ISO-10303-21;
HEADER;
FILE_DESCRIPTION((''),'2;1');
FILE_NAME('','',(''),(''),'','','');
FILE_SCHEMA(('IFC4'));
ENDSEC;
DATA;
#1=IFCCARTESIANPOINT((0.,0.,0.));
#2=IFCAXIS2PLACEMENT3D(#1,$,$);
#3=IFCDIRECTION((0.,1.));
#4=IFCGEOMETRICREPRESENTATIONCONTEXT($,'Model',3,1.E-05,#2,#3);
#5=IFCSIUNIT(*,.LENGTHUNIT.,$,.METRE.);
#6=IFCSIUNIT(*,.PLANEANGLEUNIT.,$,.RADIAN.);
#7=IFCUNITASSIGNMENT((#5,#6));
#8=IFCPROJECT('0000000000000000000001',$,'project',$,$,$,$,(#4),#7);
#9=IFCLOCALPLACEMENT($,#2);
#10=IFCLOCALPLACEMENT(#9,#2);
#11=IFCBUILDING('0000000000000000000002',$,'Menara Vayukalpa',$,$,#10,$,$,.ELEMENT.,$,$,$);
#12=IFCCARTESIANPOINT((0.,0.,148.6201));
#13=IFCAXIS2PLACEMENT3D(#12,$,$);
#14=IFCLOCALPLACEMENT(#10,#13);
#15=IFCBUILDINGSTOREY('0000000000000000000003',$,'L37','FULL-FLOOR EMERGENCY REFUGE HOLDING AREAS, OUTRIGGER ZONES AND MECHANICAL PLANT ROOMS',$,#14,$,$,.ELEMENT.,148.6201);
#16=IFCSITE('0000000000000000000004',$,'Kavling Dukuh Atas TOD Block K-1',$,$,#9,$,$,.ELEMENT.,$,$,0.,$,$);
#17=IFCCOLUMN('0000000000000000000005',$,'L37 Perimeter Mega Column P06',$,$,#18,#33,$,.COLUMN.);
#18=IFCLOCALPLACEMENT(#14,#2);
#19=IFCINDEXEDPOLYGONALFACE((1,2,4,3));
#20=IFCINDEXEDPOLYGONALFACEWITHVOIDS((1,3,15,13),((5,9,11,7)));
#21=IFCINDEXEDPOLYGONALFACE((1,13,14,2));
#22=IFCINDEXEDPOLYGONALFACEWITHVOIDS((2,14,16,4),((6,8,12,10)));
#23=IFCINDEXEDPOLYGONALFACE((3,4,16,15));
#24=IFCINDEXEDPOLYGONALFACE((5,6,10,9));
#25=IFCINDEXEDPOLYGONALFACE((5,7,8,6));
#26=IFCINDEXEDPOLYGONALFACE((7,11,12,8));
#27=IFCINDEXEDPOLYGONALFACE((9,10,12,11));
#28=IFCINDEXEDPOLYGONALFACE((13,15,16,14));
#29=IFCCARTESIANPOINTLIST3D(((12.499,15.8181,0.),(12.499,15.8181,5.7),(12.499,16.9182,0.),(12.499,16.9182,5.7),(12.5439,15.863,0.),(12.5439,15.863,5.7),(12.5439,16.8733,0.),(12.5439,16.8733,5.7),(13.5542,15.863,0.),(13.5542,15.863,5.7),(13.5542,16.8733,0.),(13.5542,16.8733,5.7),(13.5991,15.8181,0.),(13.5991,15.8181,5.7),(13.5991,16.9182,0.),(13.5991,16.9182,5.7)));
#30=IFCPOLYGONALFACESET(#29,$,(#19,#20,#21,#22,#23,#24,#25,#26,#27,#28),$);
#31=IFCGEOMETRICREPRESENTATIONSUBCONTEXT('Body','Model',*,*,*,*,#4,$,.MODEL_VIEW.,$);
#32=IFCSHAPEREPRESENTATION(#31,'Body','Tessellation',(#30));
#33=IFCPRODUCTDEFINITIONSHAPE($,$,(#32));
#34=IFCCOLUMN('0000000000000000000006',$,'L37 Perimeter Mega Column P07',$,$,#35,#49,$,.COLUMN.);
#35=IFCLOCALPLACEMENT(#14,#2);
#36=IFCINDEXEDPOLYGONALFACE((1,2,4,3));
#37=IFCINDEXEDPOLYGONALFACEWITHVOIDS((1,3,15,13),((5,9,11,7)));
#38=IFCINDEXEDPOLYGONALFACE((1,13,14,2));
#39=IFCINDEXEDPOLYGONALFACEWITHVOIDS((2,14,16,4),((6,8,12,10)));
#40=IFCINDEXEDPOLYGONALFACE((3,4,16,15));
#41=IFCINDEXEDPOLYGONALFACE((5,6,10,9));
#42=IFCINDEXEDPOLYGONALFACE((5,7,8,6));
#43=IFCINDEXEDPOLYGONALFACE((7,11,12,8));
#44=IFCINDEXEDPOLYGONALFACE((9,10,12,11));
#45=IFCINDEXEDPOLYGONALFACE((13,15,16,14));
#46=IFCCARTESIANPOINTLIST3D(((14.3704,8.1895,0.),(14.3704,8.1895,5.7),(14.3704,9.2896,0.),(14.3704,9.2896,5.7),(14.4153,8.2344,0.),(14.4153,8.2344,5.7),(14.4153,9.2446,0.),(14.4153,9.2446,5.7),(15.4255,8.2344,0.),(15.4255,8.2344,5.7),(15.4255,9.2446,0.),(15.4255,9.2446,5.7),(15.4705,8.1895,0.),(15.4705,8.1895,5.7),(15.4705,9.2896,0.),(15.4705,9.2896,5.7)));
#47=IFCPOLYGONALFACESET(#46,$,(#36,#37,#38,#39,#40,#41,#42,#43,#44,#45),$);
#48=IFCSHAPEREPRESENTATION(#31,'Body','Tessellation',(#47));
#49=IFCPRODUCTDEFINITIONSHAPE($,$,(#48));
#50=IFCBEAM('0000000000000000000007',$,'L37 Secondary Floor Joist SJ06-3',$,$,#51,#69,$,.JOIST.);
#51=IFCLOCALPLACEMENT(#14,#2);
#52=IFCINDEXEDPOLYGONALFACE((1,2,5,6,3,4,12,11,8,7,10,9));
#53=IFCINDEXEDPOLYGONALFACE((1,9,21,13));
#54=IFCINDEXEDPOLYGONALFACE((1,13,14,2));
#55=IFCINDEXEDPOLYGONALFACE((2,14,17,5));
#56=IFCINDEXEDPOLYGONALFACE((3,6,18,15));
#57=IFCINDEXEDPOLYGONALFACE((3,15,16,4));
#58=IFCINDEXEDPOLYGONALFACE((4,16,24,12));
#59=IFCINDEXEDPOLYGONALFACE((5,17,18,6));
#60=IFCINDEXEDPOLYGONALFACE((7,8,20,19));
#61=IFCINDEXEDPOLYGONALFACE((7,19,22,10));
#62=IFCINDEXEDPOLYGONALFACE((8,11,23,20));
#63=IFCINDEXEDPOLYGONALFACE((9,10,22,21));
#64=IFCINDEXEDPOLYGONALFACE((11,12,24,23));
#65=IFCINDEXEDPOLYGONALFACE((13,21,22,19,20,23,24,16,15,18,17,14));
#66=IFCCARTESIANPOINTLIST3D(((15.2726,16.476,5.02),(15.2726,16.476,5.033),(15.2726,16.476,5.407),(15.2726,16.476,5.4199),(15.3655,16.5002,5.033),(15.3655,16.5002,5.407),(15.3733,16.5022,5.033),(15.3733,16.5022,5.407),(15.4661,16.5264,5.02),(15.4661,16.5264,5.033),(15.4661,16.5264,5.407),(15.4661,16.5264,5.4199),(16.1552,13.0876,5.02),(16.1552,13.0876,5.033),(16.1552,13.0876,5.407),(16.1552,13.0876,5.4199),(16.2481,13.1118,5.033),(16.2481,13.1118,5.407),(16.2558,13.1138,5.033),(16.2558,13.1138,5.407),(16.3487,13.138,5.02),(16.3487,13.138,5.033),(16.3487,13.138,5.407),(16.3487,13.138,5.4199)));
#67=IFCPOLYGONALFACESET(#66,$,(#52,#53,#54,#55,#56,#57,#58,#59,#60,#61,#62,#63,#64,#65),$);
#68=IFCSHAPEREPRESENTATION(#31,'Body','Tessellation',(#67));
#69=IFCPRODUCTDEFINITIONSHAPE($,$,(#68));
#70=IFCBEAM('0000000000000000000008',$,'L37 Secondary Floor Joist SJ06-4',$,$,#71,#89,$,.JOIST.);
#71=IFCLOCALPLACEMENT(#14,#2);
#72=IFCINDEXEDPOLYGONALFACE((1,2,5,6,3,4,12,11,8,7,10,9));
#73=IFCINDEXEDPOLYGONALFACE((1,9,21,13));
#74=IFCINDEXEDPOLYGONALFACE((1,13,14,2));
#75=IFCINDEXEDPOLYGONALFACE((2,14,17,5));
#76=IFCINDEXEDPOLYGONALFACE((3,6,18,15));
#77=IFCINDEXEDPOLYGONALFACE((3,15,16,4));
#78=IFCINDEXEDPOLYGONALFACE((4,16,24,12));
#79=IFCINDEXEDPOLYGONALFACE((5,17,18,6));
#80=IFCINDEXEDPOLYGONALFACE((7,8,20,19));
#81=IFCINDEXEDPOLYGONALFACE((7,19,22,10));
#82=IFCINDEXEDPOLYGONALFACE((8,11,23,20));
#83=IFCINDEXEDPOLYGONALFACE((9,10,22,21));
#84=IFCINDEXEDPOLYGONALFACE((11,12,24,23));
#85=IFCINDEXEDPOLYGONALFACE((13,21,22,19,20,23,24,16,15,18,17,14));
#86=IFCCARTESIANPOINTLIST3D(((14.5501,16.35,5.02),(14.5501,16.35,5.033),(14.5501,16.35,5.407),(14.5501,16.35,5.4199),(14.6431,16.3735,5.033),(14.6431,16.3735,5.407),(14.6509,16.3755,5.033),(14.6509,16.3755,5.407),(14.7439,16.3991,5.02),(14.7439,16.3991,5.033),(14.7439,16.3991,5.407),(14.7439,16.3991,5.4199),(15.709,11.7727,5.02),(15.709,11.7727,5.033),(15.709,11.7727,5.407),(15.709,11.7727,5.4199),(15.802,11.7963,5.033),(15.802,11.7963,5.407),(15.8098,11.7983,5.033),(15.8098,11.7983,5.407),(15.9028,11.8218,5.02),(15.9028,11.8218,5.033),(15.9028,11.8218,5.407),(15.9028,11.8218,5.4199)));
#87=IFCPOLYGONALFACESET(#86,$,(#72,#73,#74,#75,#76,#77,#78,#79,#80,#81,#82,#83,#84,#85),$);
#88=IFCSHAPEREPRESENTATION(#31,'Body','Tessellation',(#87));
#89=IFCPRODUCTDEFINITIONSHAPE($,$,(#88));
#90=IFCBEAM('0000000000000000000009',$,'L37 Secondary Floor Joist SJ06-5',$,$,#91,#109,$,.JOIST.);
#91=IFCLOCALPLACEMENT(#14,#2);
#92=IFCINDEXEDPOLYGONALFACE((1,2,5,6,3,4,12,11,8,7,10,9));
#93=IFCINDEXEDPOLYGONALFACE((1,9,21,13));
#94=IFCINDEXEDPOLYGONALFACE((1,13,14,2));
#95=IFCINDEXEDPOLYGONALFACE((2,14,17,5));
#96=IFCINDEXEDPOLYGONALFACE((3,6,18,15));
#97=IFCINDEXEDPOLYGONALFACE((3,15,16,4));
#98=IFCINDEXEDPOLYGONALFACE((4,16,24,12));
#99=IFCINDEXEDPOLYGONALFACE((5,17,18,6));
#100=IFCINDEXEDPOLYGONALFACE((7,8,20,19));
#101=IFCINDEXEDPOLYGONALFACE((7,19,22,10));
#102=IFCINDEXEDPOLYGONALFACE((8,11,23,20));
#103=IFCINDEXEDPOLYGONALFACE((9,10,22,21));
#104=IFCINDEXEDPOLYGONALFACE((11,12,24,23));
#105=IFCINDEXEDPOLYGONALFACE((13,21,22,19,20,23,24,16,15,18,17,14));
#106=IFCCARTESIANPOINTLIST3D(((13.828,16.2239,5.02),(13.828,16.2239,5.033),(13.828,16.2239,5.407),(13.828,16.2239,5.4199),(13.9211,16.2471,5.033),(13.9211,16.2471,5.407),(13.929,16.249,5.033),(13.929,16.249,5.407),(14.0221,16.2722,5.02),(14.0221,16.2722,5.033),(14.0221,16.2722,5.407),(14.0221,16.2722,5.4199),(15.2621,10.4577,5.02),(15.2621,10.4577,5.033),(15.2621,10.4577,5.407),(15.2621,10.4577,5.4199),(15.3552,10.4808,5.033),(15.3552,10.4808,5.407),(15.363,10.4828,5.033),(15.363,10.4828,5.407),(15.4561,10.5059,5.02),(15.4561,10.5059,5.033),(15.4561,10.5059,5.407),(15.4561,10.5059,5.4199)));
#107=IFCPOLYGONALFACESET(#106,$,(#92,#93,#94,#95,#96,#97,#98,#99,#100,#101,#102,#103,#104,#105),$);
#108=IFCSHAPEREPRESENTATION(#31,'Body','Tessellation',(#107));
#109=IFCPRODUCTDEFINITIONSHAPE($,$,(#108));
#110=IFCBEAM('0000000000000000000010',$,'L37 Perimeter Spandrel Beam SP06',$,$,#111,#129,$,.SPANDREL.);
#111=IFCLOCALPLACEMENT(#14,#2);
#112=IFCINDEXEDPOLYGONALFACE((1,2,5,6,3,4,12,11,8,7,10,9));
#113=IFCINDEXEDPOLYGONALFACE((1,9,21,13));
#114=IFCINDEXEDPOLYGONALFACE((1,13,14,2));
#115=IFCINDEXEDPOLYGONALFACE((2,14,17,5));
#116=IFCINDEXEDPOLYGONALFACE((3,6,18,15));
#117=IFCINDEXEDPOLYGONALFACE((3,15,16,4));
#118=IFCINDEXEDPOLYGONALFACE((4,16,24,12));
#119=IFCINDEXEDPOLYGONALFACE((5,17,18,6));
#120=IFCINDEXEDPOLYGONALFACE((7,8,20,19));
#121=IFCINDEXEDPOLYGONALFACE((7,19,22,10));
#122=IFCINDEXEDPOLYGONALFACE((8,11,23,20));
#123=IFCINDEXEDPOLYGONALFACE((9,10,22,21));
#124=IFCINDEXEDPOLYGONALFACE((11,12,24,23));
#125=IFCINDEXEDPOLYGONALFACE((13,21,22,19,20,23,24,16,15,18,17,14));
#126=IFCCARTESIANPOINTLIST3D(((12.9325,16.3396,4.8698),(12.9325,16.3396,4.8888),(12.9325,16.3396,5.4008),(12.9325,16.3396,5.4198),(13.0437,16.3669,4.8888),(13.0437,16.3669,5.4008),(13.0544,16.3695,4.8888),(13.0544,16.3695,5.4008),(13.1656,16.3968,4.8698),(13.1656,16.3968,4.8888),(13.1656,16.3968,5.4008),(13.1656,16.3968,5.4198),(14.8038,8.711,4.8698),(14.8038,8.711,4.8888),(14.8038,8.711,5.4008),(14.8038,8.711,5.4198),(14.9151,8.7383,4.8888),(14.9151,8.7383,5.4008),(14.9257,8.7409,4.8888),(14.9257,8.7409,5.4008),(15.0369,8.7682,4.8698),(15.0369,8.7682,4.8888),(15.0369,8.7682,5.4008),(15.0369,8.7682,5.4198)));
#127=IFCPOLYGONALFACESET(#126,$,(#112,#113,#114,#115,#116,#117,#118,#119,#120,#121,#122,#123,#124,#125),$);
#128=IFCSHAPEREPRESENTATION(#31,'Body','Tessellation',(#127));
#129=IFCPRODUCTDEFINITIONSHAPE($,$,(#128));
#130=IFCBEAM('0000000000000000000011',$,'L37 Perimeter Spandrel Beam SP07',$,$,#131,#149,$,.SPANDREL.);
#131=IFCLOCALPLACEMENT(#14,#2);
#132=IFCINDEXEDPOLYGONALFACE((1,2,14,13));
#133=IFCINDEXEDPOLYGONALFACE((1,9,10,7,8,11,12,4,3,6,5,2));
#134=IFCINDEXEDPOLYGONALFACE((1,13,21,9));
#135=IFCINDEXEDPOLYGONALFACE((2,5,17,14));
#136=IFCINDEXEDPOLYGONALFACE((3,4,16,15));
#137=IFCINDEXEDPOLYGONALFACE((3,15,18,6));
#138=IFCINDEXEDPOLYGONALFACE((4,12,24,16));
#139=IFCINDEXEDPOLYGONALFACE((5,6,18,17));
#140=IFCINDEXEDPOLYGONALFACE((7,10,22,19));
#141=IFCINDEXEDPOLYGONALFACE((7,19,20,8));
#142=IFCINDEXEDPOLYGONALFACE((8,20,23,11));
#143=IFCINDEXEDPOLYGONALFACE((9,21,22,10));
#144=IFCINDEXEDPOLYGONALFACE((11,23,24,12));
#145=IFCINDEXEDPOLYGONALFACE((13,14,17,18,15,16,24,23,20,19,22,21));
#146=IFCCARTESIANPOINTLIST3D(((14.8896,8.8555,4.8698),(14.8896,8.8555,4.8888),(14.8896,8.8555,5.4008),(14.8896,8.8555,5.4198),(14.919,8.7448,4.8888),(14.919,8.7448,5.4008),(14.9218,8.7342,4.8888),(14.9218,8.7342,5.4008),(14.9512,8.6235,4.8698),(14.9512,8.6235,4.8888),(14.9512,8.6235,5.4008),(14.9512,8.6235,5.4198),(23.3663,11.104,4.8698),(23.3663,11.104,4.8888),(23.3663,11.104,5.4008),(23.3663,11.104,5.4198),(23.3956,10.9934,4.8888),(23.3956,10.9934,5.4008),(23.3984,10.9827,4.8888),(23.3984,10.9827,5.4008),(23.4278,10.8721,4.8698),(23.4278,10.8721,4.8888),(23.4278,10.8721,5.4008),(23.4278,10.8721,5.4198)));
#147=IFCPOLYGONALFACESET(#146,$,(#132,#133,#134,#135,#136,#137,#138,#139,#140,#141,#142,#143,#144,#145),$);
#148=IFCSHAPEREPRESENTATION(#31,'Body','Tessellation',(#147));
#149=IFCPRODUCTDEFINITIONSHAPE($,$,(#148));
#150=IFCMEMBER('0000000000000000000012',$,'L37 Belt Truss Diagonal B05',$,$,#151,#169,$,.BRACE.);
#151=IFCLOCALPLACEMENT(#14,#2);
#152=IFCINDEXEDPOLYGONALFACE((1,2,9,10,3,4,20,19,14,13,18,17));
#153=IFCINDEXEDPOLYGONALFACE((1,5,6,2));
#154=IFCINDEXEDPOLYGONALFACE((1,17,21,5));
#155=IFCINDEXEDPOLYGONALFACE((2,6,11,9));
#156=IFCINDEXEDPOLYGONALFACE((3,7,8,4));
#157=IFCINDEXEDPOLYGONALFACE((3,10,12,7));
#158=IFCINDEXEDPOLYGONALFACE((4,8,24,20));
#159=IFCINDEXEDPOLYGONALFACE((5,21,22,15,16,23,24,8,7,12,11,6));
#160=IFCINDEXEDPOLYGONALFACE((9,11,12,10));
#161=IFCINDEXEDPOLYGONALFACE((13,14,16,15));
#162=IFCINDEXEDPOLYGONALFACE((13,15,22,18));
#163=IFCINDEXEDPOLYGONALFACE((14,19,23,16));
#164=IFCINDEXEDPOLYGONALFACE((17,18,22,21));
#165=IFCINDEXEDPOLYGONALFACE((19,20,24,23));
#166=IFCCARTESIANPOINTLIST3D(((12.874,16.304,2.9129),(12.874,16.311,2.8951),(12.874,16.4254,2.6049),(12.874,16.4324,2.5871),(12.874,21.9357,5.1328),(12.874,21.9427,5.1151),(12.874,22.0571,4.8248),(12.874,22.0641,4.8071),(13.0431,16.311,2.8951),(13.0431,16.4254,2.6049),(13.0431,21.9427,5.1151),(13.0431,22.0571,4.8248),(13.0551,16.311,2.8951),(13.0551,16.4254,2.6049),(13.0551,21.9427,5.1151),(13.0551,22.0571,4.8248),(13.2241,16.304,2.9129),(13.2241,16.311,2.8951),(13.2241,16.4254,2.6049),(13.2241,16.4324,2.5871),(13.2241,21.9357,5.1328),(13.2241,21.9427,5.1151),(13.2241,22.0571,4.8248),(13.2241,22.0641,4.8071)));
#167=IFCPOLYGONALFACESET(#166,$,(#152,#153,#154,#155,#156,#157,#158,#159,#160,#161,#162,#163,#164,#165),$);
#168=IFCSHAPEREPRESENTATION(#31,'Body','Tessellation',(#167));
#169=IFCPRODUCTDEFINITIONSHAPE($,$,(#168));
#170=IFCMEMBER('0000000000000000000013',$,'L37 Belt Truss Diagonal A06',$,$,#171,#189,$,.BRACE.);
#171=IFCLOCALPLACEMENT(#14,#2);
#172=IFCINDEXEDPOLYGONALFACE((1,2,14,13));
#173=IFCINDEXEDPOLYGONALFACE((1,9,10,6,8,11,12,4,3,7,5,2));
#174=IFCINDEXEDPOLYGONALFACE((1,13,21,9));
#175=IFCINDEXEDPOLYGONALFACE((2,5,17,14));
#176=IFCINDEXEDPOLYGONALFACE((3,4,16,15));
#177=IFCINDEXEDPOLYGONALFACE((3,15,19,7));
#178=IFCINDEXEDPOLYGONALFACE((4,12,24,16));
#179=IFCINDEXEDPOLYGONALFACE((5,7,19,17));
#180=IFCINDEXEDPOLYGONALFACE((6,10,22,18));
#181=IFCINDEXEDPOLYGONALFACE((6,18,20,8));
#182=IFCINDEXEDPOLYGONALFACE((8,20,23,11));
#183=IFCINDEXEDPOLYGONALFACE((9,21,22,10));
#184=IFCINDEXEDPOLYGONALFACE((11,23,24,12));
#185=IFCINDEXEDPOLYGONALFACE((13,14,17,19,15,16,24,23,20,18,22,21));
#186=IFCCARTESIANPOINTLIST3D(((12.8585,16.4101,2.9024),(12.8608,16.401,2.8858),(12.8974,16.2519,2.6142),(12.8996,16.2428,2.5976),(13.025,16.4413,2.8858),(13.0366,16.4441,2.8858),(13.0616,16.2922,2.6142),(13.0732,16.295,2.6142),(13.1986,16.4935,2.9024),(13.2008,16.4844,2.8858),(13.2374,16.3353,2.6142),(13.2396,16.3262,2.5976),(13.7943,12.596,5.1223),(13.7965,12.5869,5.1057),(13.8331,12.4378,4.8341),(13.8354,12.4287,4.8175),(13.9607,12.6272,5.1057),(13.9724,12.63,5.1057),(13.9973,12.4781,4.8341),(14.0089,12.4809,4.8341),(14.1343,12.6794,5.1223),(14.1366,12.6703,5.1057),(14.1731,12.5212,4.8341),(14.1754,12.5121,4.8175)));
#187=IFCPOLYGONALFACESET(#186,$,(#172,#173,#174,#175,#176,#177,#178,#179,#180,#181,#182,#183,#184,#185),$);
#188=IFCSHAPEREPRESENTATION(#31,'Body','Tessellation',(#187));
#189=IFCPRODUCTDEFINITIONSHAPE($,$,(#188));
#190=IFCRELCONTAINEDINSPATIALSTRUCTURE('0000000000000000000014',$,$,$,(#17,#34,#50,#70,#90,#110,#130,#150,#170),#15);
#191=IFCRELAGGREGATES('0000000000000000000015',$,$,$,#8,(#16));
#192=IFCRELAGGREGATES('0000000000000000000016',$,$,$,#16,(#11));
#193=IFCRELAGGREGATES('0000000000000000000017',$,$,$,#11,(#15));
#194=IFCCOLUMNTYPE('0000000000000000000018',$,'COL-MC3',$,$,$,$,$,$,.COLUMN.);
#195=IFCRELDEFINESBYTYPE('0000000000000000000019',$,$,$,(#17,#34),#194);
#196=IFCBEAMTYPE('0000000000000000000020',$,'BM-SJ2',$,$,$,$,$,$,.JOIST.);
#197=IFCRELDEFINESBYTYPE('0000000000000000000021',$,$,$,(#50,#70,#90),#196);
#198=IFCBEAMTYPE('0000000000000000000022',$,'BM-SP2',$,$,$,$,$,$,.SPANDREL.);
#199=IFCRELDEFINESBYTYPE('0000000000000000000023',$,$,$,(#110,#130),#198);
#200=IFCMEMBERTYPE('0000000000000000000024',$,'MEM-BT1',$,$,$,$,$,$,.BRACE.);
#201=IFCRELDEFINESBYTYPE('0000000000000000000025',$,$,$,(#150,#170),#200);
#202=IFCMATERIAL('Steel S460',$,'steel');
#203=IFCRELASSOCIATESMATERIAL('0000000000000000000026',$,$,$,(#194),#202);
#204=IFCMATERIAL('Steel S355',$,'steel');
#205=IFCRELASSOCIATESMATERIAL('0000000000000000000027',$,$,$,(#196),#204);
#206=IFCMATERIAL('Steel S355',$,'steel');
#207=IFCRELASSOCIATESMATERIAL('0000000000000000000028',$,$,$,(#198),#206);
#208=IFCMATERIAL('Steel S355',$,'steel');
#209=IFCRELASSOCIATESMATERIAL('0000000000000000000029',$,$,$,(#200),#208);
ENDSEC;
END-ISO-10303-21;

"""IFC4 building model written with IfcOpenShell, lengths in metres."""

from ifc_helpers import new_model, si_unit, direction, frame, origin, origin_2d, place, context, subcontext, project, spatial, hollow_rectangle, i_section, extrude, material, material_profile, profile_set, type_object, element, save


model = new_model("IFC4")

# Units and contexts
model_context = context("Model", 3, precision=1e-05, world=origin(), true_north=direction((0.0, 1.0)))
body_context = subcontext(model_context, "Body", "Model", "MODEL_VIEW")
ifc_project = project(units=[si_unit("LENGTHUNIT", "METRE"), si_unit("PLANEANGLEUNIT", "RADIAN")], contexts=[model_context])

# Site, building, storey
site_placement = place(None, origin())
site = spatial("IfcSite", under=ifc_project, at=site_placement, Name="Kavling Dukuh Atas TOD Block K-1", CompositionType="ELEMENT", RefElevation=0.0)
building_placement = place(site_placement, origin())
building = spatial("IfcBuilding", under=site, at=building_placement, Name="Menara Vayukalpa", CompositionType="ELEMENT")
storey_placement = place(building_placement, frame((0.0, 0.0, 148.6201)))
storey = spatial("IfcBuildingStorey", under=building, at=storey_placement, Name="L37", Description="FULL-FLOOR EMERGENCY REFUGE HOLDING AREAS, OUTRIGGER ZONES AND MECHANICAL PLANT ROOMS", CompositionType="ELEMENT", Elevation=148.6201)

# Columns
ifc_material_1 = material(Name="Steel S460", Category="steel")
ifc_material_profile_1 = material_profile(ifc_material_1, hollow_rectangle(XDim=1.1001, YDim=1.1001, WallThickness=0.0449, at=origin_2d()), Name="BOX 1100x1100x45")
ifc_profile_set_1 = profile_set([ifc_material_profile_1], Name="Steel S460")
column_type = type_object("IfcColumnType", Name="COL-MC3", PredefinedType="COLUMN", material=ifc_profile_set_1)
for number, where, z_axis, x_axis, name in (
    (1, (13.0491, 16.3682, 0.0), (0.0, 0.0, 1.0), (1.0, 0.0, 0.0), "L37 Perimeter Mega Column P06"),
    (2, (14.9204, 8.7395, 0.0), (0.0, 0.0, 1.0), (1.0, 0.0, 0.0), "L37 Perimeter Mega Column P07"),
):
    element("IfcColumn", number, at=place(storey_placement, frame(where, z_axis=z_axis, x_axis=x_axis)), inside=storey, type_object=column_type, Name=name, PredefinedType="COLUMN", context=body_context, shape_type="SweptSolid", body=[
        extrude(hollow_rectangle(XDim=1.1001, YDim=1.1001, WallThickness=0.0449, at=origin_2d()), origin(), (0.0, 0.0, 1.0), 5.7),
    ])

# Beams
ifc_material_2 = material(Name="Steel S355", Category="steel")
ifc_material_profile_2 = material_profile(ifc_material_2, i_section(OverallWidth=0.2, OverallDepth=0.3999, WebThickness=0.0081, FlangeThickness=0.0129, at=origin_2d()), Name="WF 400x200x8x13")
ifc_profile_set_2 = profile_set([ifc_material_profile_2], Name="Steel S355")
beam_type_1 = type_object("IfcBeamType", Name="BM-SJ2", PredefinedType="JOIST", material=ifc_profile_set_2)
beam_1_placement = place(storey_placement, frame((15.3694, 16.5012, 5.22), z_axis=(0.252056, -0.967713, 0.0), x_axis=(0.967713, 0.252056, 0.0)))
element("IfcBeam", 3, at=beam_1_placement, inside=storey, type_object=beam_type_1, Name="L37 Secondary Floor Joist SJ06-3", PredefinedType="JOIST", context=body_context, shape_type="SweptSolid", body=[
    extrude(i_section(OverallWidth=0.2, OverallDepth=0.3999, WebThickness=0.0081, FlangeThickness=0.0129, at=origin_2d()), origin(), (0.0, 0.0, 1.0), 3.5015),
])
beam_2_placement = place(storey_placement, frame((14.647, 16.3745, 5.22), z_axis=(0.245454, -0.969408, 0.0), x_axis=(0.969408, 0.245454, 0.0)))
element("IfcBeam", 4, at=beam_2_placement, inside=storey, type_object=beam_type_1, Name="L37 Secondary Floor Joist SJ06-4", PredefinedType="JOIST", context=body_context, shape_type="SweptSolid", body=[
    extrude(i_section(OverallWidth=0.2, OverallDepth=0.3999, WebThickness=0.0081, FlangeThickness=0.0129, at=origin_2d()), origin(), (0.0, 0.0, 1.0), 4.7217),
])
beam_3_placement = place(storey_placement, frame((13.925, 16.248, 5.22), z_axis=(0.241346, -0.970439, 0.0), x_axis=(0.970439, 0.241346, 0.0)))
element("IfcBeam", 5, at=beam_3_placement, inside=storey, type_object=beam_type_1, Name="L37 Secondary Floor Joist SJ06-5", PredefinedType="JOIST", context=body_context, shape_type="SweptSolid", body=[
    extrude(i_section(OverallWidth=0.2, OverallDepth=0.3999, WebThickness=0.0081, FlangeThickness=0.0129, at=origin_2d()), origin(), (0.0, 0.0, 1.0), 5.9419),
])
ifc_material_3 = material(Name="Steel S355", Category="steel")
ifc_material_profile_3 = material_profile(ifc_material_3, i_section(OverallWidth=0.24, OverallDepth=0.55, WebThickness=0.011, FlangeThickness=0.019, at=origin_2d()), Name="WF 550x240x11x19")
ifc_profile_set_3 = profile_set([ifc_material_profile_3], Name="Steel S355")
beam_type_2 = type_object("IfcBeamType", Name="BM-SP2", PredefinedType="SPANDREL", material=ifc_profile_set_3)
beam_4_placement = place(storey_placement, frame((13.0491, 16.3682, 5.1448), z_axis=(0.23824, -0.971206, 0.0), x_axis=(0.971206, 0.23824, 0.0)))
element("IfcBeam", 6, at=beam_4_placement, inside=storey, type_object=beam_type_2, Name="L37 Perimeter Spandrel Beam SP06", PredefinedType="SPANDREL", context=body_context, shape_type="SweptSolid", body=[
    extrude(i_section(OverallWidth=0.24, OverallDepth=0.55, WebThickness=0.011, FlangeThickness=0.019, at=origin_2d()), origin(), (0.0, 0.0, 1.0), 7.8547),
])
beam_5_placement = place(storey_placement, frame((14.9204, 8.7395, 5.1448), z_axis=(0.966571, 0.256398, 0.0), x_axis=(-0.256398, 0.966571, 0.0)))
element("IfcBeam", 7, at=beam_5_placement, inside=storey, type_object=beam_type_2, Name="L37 Perimeter Spandrel Beam SP07", PredefinedType="SPANDREL", context=body_context, shape_type="SweptSolid", body=[
    extrude(i_section(OverallWidth=0.24, OverallDepth=0.55, WebThickness=0.011, FlangeThickness=0.019, at=origin_2d()), origin(), (0.0, 0.0, 1.0), 8.7698),
])

# Members
ifc_material_4 = material(Name="Steel S355", Category="steel")
ifc_material_profile_4 = material_profile(ifc_material_4, i_section(OverallWidth=0.3501, OverallDepth=0.3501, WebThickness=0.012, FlangeThickness=0.019, at=origin_2d()), Name="H 350x350x12x19")
ifc_profile_set_4 = profile_set([ifc_material_profile_4], Name="Steel S355")
member_type_1 = type_object("IfcMemberType", Name="MEM-BT1", PredefinedType="BRACE", material=ifc_profile_set_4)
member_1_placement = place(storey_placement, frame((13.0491, 16.3682, 2.75), z_axis=(0.0, 0.930331, 0.36672), x_axis=(-1.0, 0.0, 0.0)))
element("IfcMember", 8, at=member_1_placement, inside=storey, type_object=member_type_1, Name="L37 Belt Truss Diagonal B05", PredefinedType="BRACE", context=body_context, shape_type="SweptSolid", body=[
    extrude(i_section(OverallWidth=0.3501, OverallDepth=0.3501, WebThickness=0.012, FlangeThickness=0.019, at=origin_2d()), origin(), (0.0, 0.0, 1.0), 6.0535),
])
member_2_placement = place(storey_placement, frame((13.0491, 16.3682, 2.75), z_axis=(0.207431, -0.845472, 0.492087), x_axis=(0.971197, 0.238277, 0.0)))
element("IfcMember", 9, at=member_2_placement, inside=storey, type_object=member_type_1, Name="L37 Belt Truss Diagonal A06", PredefinedType="BRACE", context=body_context, shape_type="SweptSolid", body=[
    extrude(i_section(OverallWidth=0.3501, OverallDepth=0.3501, WebThickness=0.012, FlangeThickness=0.019, at=origin_2d()), origin(), (0.0, 0.0, 1.0), 4.5112),
])

save(model, "model.ifc")
